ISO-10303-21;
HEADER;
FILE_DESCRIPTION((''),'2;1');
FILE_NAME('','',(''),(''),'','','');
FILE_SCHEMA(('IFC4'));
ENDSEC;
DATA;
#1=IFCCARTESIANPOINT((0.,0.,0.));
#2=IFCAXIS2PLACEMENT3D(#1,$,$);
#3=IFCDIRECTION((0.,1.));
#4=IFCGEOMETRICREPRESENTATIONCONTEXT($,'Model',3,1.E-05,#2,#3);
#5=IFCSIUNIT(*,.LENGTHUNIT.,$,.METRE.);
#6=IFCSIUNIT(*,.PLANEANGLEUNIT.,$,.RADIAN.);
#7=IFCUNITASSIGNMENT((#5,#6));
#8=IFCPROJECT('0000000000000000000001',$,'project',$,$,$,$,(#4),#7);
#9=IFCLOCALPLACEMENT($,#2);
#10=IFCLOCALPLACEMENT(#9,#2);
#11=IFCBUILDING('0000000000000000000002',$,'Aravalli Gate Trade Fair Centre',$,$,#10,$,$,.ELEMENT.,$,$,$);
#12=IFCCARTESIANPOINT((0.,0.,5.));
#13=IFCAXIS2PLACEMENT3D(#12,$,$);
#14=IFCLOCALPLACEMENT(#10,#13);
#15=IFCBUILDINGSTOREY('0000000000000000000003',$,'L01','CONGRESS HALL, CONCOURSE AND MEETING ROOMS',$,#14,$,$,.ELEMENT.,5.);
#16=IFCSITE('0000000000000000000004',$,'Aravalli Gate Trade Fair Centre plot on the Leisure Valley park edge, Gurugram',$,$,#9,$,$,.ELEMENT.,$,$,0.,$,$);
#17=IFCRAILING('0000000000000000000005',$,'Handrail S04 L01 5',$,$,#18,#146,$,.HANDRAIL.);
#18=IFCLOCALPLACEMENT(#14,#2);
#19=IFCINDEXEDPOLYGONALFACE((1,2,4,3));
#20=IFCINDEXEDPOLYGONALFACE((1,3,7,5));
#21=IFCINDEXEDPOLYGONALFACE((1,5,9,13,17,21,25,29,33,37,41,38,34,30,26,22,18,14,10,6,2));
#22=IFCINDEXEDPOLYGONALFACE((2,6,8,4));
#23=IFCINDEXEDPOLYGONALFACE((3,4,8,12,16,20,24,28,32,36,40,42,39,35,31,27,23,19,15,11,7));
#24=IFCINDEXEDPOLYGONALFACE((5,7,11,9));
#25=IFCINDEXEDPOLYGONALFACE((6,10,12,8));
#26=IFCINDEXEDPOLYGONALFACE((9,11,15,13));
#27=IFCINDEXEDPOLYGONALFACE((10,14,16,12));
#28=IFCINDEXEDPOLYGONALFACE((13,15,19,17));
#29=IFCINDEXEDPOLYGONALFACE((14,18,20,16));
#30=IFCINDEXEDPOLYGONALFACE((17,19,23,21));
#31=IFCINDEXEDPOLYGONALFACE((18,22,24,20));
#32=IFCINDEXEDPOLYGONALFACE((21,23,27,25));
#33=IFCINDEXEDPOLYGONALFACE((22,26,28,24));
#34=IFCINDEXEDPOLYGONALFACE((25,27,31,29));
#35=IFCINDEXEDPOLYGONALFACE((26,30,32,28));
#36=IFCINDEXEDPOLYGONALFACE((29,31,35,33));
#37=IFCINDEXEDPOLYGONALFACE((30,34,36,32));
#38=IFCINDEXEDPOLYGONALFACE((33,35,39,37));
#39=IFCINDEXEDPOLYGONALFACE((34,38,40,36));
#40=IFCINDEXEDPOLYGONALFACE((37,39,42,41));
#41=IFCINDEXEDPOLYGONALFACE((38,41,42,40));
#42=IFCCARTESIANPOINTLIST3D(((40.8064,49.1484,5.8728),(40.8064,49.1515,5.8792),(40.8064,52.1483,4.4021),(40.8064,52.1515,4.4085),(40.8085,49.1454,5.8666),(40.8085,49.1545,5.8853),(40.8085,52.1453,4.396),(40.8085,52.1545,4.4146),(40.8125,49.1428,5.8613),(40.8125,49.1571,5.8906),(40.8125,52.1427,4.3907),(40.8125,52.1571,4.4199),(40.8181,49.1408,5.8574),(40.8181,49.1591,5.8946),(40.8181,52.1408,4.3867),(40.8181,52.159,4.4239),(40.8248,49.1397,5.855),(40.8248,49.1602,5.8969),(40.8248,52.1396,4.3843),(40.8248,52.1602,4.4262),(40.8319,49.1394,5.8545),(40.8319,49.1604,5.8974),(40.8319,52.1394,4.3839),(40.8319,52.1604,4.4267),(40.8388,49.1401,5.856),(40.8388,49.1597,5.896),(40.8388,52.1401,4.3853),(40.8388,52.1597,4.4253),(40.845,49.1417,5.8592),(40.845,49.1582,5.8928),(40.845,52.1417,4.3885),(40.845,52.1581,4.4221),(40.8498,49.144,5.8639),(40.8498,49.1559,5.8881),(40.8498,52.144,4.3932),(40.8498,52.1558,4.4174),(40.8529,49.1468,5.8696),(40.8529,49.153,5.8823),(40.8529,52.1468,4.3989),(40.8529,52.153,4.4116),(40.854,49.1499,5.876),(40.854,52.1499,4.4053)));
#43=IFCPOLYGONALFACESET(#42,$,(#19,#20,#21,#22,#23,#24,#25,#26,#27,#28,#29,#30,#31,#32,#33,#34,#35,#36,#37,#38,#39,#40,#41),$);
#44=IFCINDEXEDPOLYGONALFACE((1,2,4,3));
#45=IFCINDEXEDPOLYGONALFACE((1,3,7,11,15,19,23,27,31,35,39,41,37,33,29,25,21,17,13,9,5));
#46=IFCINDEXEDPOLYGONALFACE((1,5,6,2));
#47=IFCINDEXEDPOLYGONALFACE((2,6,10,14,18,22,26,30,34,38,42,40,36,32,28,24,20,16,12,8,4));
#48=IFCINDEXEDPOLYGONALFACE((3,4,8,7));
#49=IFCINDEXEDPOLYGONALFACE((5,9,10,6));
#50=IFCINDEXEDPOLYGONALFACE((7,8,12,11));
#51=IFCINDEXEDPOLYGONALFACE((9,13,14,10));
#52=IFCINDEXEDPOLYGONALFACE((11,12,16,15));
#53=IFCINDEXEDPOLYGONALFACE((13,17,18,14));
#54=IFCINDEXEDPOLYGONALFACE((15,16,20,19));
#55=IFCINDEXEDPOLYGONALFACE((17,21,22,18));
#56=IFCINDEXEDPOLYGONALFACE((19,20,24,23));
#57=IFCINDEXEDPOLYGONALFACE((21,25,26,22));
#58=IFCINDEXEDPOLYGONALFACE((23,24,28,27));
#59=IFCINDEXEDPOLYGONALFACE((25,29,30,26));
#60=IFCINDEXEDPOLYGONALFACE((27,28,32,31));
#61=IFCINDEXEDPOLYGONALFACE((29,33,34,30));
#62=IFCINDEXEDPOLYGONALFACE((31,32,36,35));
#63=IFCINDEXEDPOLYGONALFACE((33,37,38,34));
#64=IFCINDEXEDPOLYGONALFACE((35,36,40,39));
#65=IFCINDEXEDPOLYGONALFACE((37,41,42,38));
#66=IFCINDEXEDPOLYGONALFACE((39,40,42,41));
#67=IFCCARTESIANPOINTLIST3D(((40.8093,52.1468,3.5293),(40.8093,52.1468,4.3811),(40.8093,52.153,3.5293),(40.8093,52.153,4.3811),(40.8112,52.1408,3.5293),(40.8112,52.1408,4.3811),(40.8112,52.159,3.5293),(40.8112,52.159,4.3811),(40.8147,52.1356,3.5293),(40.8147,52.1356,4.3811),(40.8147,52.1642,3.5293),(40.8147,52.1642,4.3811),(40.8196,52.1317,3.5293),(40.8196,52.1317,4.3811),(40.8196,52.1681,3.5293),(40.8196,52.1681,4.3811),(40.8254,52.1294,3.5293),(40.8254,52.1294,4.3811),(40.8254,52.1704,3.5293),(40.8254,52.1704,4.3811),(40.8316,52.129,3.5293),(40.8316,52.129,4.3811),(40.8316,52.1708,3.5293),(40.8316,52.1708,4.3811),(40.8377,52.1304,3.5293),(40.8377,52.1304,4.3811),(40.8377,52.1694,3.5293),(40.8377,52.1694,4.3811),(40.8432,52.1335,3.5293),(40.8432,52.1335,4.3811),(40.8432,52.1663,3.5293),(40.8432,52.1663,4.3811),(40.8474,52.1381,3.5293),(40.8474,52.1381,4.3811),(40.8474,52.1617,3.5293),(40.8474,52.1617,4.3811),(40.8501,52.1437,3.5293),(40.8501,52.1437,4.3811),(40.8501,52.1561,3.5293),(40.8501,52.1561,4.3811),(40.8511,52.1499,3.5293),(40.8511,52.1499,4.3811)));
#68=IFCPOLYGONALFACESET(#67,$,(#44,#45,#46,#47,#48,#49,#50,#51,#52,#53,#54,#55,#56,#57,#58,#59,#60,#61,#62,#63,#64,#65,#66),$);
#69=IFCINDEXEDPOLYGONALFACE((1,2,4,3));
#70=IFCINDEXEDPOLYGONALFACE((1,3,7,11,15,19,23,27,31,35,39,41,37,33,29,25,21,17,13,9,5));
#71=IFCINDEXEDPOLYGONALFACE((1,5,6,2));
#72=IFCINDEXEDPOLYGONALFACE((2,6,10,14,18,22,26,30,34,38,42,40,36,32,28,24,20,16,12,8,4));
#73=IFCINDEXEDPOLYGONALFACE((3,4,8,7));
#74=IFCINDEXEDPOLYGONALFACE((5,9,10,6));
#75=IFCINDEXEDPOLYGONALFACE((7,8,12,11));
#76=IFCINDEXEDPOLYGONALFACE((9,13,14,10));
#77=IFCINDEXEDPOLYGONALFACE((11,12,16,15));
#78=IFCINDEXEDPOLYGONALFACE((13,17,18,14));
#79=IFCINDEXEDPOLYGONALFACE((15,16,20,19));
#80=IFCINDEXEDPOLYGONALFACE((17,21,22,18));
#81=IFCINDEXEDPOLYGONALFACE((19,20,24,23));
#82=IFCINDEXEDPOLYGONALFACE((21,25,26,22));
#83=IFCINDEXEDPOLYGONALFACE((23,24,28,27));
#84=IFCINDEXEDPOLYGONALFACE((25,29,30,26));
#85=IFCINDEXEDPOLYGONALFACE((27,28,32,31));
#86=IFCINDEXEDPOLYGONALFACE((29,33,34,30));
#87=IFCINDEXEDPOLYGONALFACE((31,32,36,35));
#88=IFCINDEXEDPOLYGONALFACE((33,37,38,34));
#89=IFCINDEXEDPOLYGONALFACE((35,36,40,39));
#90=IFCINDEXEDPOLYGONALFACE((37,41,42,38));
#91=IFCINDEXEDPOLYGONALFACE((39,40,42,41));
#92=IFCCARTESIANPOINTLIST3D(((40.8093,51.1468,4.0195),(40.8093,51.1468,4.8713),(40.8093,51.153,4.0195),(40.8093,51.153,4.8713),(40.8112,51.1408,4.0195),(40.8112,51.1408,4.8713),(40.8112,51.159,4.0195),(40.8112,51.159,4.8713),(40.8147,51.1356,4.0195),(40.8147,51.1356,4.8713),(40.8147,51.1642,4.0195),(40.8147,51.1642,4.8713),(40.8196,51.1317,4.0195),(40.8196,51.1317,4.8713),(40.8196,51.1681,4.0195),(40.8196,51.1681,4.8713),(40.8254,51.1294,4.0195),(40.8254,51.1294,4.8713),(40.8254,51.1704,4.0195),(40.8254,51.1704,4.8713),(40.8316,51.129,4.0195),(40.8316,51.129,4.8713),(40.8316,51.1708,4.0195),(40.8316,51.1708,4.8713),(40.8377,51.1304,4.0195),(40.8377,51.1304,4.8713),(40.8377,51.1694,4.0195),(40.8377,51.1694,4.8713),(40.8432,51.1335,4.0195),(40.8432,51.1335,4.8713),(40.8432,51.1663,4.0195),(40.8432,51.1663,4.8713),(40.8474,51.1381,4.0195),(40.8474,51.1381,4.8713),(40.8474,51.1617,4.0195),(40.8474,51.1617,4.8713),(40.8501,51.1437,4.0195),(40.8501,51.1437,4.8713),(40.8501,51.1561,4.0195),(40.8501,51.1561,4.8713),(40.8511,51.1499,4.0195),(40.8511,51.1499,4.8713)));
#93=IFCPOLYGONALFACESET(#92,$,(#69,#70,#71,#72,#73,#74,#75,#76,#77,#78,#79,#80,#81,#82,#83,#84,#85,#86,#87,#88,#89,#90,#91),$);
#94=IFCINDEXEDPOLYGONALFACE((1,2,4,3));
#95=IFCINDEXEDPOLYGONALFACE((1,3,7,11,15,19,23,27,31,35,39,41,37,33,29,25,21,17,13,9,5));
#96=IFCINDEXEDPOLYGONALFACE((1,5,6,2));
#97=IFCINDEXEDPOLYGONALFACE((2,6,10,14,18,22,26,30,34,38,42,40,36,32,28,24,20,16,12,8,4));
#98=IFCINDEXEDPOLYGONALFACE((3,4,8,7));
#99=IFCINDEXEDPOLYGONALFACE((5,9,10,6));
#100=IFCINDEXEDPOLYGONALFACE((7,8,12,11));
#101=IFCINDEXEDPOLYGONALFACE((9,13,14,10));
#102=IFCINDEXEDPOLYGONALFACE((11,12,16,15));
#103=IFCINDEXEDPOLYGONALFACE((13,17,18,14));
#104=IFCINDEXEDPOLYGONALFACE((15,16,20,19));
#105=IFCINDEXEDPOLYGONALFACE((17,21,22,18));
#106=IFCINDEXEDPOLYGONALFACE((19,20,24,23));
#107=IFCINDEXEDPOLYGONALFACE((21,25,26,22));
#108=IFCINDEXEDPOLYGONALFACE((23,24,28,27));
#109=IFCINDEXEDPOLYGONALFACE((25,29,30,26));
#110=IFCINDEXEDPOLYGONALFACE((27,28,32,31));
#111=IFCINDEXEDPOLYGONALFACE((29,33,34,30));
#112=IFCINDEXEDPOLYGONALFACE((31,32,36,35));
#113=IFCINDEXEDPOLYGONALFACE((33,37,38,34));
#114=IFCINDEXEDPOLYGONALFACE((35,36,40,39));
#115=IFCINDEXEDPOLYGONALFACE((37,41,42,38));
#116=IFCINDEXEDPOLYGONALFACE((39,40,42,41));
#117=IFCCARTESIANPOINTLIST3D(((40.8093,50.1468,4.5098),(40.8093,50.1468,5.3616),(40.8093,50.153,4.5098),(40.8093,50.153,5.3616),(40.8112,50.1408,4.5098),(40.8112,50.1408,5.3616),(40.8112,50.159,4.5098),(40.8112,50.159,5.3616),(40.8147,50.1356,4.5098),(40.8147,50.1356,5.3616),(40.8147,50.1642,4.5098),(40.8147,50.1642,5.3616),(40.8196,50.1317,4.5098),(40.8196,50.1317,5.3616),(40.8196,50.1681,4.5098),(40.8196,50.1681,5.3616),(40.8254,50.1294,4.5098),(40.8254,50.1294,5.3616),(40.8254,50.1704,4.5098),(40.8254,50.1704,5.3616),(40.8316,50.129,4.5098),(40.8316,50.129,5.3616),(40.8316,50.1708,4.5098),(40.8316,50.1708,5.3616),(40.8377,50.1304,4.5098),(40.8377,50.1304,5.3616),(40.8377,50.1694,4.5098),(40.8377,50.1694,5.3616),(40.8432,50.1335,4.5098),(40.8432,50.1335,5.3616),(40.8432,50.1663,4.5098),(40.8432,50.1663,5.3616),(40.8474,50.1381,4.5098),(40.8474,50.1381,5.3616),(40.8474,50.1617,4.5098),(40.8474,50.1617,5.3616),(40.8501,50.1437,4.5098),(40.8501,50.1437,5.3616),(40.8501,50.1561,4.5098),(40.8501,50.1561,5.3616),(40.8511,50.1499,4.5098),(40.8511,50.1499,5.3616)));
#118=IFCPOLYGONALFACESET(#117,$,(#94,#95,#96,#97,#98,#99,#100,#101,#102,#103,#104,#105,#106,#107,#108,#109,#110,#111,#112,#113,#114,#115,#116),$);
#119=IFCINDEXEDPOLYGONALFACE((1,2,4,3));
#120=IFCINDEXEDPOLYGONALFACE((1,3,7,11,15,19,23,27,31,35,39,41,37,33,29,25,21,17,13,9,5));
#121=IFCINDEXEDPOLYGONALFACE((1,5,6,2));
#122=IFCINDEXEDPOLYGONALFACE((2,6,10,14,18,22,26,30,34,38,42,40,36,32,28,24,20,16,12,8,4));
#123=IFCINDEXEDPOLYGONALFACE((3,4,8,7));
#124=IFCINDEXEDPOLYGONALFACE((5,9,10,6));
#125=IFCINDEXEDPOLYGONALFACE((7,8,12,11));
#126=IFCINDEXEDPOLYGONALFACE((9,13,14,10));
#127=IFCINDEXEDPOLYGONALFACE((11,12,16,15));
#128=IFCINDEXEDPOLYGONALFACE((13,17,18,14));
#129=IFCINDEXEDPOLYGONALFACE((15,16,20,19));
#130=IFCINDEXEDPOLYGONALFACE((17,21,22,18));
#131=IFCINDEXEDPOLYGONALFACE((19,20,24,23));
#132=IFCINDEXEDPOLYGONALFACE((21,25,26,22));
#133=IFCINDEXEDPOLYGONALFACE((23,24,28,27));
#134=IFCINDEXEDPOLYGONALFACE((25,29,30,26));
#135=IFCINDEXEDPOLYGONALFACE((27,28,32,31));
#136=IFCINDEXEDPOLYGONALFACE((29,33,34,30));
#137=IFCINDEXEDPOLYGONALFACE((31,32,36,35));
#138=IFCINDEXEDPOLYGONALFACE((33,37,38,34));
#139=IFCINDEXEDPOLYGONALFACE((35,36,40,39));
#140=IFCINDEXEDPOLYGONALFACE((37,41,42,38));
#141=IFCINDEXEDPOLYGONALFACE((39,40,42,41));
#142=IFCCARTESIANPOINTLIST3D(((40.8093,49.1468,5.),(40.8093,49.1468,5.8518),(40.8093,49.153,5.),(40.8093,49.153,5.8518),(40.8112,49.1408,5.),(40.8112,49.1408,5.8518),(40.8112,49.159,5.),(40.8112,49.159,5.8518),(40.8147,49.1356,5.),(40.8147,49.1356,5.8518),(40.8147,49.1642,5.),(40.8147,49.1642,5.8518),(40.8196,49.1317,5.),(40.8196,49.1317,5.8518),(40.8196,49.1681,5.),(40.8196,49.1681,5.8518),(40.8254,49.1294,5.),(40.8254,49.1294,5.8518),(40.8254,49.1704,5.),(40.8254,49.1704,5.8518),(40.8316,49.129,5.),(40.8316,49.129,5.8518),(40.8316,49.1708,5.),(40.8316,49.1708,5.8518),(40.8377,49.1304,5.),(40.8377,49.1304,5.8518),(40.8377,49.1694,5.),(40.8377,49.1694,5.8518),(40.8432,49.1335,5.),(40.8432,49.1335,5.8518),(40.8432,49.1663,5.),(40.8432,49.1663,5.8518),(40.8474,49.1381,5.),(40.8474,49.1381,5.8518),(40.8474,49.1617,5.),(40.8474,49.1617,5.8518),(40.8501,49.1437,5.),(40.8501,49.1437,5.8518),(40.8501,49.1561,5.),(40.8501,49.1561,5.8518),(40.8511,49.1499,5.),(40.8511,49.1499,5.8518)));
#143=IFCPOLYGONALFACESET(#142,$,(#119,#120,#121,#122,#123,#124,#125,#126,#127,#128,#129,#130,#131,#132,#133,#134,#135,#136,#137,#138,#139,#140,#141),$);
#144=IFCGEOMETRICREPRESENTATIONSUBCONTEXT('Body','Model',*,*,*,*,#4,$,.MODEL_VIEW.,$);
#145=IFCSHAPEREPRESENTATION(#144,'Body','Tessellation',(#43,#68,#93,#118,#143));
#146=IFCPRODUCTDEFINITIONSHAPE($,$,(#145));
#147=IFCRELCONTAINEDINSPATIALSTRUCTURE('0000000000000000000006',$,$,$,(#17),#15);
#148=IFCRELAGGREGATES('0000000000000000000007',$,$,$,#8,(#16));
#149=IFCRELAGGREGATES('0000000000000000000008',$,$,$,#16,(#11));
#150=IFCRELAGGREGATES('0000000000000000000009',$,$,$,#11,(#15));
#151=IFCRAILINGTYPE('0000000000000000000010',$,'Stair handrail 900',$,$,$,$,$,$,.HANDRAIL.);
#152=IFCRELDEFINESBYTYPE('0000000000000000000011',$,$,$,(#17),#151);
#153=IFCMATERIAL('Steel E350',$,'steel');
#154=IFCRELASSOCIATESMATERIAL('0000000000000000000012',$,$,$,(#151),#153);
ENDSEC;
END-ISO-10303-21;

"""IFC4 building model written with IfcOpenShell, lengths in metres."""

from ifc_helpers import new_model, si_unit, direction, frame, origin, origin_2d, place, context, subcontext, project, spatial, circle, extrude, material, type_object, element, save


model = new_model("IFC4")

# Units and contexts
model_context = context("Model", 3, precision=1e-05, world=origin(), true_north=direction((0.0, 1.0)))
body_context = subcontext(model_context, "Body", "Model", "MODEL_VIEW")
ifc_project = project(units=[si_unit("LENGTHUNIT", "METRE"), si_unit("PLANEANGLEUNIT", "RADIAN")], contexts=[model_context])

# Site, building, storey
site_placement = place(None, origin())
site = spatial("IfcSite", under=ifc_project, at=site_placement, Name="Aravalli Gate Trade Fair Centre plot on the Leisure Valley park edge, Gurugram", CompositionType="ELEMENT", RefElevation=0.0)
building_placement = place(site_placement, origin())
building = spatial("IfcBuilding", under=site, at=building_placement, Name="Aravalli Gate Trade Fair Centre", CompositionType="ELEMENT")
storey_placement = place(building_placement, frame((0.0, 0.0, 5.0)))
storey = spatial("IfcBuildingStorey", under=building, at=storey_placement, Name="L01", Description="CONGRESS HALL, CONCOURSE AND MEETING ROOMS", CompositionType="ELEMENT", Elevation=5.0)

# Railing
ifc_material_1 = material(Name="Steel E350", Category="steel")
railing_type_1 = type_object("IfcRailingType", Name="Stair handrail 900", PredefinedType="HANDRAIL", material=ifc_material_1)
for number, where, name in (
    (1, (40.8301, 52.1499, 3.5293), "Handrail S04 L01 5"),
):
    element("IfcRailing", number, at=place(storey_placement, frame(where)), inside=storey, type_object=railing_type_1, Name=name, PredefinedType="HANDRAIL", context=body_context, shape_type="SweptSolid", body=[
        extrude(circle(Radius=0.0239, at=origin_2d()), frame((0.0, 0.0, 0.876), z_axis=(0.0, -0.897907, 0.440185), x_axis=(1.0, 0.0, 0.0)), (0.0, 0.0, 1.0), 3.3411),
        extrude(circle(Radius=0.021, at=origin_2d()), origin(), (0.0, 0.0, 1.0), 0.8518),
        extrude(circle(Radius=0.021, at=origin_2d()), frame((0.0, -1.0, 0.4902)), (0.0, 0.0, 1.0), 0.8518),
        extrude(circle(Radius=0.021, at=origin_2d()), frame((0.0, -2.0, 0.9805)), (0.0, 0.0, 1.0), 0.8518),
        extrude(circle(Radius=0.021, at=origin_2d()), frame((0.0, -3.0, 1.4707)), (0.0, 0.0, 1.0), 0.8518),
    ])

save(model, "model.ifc")
